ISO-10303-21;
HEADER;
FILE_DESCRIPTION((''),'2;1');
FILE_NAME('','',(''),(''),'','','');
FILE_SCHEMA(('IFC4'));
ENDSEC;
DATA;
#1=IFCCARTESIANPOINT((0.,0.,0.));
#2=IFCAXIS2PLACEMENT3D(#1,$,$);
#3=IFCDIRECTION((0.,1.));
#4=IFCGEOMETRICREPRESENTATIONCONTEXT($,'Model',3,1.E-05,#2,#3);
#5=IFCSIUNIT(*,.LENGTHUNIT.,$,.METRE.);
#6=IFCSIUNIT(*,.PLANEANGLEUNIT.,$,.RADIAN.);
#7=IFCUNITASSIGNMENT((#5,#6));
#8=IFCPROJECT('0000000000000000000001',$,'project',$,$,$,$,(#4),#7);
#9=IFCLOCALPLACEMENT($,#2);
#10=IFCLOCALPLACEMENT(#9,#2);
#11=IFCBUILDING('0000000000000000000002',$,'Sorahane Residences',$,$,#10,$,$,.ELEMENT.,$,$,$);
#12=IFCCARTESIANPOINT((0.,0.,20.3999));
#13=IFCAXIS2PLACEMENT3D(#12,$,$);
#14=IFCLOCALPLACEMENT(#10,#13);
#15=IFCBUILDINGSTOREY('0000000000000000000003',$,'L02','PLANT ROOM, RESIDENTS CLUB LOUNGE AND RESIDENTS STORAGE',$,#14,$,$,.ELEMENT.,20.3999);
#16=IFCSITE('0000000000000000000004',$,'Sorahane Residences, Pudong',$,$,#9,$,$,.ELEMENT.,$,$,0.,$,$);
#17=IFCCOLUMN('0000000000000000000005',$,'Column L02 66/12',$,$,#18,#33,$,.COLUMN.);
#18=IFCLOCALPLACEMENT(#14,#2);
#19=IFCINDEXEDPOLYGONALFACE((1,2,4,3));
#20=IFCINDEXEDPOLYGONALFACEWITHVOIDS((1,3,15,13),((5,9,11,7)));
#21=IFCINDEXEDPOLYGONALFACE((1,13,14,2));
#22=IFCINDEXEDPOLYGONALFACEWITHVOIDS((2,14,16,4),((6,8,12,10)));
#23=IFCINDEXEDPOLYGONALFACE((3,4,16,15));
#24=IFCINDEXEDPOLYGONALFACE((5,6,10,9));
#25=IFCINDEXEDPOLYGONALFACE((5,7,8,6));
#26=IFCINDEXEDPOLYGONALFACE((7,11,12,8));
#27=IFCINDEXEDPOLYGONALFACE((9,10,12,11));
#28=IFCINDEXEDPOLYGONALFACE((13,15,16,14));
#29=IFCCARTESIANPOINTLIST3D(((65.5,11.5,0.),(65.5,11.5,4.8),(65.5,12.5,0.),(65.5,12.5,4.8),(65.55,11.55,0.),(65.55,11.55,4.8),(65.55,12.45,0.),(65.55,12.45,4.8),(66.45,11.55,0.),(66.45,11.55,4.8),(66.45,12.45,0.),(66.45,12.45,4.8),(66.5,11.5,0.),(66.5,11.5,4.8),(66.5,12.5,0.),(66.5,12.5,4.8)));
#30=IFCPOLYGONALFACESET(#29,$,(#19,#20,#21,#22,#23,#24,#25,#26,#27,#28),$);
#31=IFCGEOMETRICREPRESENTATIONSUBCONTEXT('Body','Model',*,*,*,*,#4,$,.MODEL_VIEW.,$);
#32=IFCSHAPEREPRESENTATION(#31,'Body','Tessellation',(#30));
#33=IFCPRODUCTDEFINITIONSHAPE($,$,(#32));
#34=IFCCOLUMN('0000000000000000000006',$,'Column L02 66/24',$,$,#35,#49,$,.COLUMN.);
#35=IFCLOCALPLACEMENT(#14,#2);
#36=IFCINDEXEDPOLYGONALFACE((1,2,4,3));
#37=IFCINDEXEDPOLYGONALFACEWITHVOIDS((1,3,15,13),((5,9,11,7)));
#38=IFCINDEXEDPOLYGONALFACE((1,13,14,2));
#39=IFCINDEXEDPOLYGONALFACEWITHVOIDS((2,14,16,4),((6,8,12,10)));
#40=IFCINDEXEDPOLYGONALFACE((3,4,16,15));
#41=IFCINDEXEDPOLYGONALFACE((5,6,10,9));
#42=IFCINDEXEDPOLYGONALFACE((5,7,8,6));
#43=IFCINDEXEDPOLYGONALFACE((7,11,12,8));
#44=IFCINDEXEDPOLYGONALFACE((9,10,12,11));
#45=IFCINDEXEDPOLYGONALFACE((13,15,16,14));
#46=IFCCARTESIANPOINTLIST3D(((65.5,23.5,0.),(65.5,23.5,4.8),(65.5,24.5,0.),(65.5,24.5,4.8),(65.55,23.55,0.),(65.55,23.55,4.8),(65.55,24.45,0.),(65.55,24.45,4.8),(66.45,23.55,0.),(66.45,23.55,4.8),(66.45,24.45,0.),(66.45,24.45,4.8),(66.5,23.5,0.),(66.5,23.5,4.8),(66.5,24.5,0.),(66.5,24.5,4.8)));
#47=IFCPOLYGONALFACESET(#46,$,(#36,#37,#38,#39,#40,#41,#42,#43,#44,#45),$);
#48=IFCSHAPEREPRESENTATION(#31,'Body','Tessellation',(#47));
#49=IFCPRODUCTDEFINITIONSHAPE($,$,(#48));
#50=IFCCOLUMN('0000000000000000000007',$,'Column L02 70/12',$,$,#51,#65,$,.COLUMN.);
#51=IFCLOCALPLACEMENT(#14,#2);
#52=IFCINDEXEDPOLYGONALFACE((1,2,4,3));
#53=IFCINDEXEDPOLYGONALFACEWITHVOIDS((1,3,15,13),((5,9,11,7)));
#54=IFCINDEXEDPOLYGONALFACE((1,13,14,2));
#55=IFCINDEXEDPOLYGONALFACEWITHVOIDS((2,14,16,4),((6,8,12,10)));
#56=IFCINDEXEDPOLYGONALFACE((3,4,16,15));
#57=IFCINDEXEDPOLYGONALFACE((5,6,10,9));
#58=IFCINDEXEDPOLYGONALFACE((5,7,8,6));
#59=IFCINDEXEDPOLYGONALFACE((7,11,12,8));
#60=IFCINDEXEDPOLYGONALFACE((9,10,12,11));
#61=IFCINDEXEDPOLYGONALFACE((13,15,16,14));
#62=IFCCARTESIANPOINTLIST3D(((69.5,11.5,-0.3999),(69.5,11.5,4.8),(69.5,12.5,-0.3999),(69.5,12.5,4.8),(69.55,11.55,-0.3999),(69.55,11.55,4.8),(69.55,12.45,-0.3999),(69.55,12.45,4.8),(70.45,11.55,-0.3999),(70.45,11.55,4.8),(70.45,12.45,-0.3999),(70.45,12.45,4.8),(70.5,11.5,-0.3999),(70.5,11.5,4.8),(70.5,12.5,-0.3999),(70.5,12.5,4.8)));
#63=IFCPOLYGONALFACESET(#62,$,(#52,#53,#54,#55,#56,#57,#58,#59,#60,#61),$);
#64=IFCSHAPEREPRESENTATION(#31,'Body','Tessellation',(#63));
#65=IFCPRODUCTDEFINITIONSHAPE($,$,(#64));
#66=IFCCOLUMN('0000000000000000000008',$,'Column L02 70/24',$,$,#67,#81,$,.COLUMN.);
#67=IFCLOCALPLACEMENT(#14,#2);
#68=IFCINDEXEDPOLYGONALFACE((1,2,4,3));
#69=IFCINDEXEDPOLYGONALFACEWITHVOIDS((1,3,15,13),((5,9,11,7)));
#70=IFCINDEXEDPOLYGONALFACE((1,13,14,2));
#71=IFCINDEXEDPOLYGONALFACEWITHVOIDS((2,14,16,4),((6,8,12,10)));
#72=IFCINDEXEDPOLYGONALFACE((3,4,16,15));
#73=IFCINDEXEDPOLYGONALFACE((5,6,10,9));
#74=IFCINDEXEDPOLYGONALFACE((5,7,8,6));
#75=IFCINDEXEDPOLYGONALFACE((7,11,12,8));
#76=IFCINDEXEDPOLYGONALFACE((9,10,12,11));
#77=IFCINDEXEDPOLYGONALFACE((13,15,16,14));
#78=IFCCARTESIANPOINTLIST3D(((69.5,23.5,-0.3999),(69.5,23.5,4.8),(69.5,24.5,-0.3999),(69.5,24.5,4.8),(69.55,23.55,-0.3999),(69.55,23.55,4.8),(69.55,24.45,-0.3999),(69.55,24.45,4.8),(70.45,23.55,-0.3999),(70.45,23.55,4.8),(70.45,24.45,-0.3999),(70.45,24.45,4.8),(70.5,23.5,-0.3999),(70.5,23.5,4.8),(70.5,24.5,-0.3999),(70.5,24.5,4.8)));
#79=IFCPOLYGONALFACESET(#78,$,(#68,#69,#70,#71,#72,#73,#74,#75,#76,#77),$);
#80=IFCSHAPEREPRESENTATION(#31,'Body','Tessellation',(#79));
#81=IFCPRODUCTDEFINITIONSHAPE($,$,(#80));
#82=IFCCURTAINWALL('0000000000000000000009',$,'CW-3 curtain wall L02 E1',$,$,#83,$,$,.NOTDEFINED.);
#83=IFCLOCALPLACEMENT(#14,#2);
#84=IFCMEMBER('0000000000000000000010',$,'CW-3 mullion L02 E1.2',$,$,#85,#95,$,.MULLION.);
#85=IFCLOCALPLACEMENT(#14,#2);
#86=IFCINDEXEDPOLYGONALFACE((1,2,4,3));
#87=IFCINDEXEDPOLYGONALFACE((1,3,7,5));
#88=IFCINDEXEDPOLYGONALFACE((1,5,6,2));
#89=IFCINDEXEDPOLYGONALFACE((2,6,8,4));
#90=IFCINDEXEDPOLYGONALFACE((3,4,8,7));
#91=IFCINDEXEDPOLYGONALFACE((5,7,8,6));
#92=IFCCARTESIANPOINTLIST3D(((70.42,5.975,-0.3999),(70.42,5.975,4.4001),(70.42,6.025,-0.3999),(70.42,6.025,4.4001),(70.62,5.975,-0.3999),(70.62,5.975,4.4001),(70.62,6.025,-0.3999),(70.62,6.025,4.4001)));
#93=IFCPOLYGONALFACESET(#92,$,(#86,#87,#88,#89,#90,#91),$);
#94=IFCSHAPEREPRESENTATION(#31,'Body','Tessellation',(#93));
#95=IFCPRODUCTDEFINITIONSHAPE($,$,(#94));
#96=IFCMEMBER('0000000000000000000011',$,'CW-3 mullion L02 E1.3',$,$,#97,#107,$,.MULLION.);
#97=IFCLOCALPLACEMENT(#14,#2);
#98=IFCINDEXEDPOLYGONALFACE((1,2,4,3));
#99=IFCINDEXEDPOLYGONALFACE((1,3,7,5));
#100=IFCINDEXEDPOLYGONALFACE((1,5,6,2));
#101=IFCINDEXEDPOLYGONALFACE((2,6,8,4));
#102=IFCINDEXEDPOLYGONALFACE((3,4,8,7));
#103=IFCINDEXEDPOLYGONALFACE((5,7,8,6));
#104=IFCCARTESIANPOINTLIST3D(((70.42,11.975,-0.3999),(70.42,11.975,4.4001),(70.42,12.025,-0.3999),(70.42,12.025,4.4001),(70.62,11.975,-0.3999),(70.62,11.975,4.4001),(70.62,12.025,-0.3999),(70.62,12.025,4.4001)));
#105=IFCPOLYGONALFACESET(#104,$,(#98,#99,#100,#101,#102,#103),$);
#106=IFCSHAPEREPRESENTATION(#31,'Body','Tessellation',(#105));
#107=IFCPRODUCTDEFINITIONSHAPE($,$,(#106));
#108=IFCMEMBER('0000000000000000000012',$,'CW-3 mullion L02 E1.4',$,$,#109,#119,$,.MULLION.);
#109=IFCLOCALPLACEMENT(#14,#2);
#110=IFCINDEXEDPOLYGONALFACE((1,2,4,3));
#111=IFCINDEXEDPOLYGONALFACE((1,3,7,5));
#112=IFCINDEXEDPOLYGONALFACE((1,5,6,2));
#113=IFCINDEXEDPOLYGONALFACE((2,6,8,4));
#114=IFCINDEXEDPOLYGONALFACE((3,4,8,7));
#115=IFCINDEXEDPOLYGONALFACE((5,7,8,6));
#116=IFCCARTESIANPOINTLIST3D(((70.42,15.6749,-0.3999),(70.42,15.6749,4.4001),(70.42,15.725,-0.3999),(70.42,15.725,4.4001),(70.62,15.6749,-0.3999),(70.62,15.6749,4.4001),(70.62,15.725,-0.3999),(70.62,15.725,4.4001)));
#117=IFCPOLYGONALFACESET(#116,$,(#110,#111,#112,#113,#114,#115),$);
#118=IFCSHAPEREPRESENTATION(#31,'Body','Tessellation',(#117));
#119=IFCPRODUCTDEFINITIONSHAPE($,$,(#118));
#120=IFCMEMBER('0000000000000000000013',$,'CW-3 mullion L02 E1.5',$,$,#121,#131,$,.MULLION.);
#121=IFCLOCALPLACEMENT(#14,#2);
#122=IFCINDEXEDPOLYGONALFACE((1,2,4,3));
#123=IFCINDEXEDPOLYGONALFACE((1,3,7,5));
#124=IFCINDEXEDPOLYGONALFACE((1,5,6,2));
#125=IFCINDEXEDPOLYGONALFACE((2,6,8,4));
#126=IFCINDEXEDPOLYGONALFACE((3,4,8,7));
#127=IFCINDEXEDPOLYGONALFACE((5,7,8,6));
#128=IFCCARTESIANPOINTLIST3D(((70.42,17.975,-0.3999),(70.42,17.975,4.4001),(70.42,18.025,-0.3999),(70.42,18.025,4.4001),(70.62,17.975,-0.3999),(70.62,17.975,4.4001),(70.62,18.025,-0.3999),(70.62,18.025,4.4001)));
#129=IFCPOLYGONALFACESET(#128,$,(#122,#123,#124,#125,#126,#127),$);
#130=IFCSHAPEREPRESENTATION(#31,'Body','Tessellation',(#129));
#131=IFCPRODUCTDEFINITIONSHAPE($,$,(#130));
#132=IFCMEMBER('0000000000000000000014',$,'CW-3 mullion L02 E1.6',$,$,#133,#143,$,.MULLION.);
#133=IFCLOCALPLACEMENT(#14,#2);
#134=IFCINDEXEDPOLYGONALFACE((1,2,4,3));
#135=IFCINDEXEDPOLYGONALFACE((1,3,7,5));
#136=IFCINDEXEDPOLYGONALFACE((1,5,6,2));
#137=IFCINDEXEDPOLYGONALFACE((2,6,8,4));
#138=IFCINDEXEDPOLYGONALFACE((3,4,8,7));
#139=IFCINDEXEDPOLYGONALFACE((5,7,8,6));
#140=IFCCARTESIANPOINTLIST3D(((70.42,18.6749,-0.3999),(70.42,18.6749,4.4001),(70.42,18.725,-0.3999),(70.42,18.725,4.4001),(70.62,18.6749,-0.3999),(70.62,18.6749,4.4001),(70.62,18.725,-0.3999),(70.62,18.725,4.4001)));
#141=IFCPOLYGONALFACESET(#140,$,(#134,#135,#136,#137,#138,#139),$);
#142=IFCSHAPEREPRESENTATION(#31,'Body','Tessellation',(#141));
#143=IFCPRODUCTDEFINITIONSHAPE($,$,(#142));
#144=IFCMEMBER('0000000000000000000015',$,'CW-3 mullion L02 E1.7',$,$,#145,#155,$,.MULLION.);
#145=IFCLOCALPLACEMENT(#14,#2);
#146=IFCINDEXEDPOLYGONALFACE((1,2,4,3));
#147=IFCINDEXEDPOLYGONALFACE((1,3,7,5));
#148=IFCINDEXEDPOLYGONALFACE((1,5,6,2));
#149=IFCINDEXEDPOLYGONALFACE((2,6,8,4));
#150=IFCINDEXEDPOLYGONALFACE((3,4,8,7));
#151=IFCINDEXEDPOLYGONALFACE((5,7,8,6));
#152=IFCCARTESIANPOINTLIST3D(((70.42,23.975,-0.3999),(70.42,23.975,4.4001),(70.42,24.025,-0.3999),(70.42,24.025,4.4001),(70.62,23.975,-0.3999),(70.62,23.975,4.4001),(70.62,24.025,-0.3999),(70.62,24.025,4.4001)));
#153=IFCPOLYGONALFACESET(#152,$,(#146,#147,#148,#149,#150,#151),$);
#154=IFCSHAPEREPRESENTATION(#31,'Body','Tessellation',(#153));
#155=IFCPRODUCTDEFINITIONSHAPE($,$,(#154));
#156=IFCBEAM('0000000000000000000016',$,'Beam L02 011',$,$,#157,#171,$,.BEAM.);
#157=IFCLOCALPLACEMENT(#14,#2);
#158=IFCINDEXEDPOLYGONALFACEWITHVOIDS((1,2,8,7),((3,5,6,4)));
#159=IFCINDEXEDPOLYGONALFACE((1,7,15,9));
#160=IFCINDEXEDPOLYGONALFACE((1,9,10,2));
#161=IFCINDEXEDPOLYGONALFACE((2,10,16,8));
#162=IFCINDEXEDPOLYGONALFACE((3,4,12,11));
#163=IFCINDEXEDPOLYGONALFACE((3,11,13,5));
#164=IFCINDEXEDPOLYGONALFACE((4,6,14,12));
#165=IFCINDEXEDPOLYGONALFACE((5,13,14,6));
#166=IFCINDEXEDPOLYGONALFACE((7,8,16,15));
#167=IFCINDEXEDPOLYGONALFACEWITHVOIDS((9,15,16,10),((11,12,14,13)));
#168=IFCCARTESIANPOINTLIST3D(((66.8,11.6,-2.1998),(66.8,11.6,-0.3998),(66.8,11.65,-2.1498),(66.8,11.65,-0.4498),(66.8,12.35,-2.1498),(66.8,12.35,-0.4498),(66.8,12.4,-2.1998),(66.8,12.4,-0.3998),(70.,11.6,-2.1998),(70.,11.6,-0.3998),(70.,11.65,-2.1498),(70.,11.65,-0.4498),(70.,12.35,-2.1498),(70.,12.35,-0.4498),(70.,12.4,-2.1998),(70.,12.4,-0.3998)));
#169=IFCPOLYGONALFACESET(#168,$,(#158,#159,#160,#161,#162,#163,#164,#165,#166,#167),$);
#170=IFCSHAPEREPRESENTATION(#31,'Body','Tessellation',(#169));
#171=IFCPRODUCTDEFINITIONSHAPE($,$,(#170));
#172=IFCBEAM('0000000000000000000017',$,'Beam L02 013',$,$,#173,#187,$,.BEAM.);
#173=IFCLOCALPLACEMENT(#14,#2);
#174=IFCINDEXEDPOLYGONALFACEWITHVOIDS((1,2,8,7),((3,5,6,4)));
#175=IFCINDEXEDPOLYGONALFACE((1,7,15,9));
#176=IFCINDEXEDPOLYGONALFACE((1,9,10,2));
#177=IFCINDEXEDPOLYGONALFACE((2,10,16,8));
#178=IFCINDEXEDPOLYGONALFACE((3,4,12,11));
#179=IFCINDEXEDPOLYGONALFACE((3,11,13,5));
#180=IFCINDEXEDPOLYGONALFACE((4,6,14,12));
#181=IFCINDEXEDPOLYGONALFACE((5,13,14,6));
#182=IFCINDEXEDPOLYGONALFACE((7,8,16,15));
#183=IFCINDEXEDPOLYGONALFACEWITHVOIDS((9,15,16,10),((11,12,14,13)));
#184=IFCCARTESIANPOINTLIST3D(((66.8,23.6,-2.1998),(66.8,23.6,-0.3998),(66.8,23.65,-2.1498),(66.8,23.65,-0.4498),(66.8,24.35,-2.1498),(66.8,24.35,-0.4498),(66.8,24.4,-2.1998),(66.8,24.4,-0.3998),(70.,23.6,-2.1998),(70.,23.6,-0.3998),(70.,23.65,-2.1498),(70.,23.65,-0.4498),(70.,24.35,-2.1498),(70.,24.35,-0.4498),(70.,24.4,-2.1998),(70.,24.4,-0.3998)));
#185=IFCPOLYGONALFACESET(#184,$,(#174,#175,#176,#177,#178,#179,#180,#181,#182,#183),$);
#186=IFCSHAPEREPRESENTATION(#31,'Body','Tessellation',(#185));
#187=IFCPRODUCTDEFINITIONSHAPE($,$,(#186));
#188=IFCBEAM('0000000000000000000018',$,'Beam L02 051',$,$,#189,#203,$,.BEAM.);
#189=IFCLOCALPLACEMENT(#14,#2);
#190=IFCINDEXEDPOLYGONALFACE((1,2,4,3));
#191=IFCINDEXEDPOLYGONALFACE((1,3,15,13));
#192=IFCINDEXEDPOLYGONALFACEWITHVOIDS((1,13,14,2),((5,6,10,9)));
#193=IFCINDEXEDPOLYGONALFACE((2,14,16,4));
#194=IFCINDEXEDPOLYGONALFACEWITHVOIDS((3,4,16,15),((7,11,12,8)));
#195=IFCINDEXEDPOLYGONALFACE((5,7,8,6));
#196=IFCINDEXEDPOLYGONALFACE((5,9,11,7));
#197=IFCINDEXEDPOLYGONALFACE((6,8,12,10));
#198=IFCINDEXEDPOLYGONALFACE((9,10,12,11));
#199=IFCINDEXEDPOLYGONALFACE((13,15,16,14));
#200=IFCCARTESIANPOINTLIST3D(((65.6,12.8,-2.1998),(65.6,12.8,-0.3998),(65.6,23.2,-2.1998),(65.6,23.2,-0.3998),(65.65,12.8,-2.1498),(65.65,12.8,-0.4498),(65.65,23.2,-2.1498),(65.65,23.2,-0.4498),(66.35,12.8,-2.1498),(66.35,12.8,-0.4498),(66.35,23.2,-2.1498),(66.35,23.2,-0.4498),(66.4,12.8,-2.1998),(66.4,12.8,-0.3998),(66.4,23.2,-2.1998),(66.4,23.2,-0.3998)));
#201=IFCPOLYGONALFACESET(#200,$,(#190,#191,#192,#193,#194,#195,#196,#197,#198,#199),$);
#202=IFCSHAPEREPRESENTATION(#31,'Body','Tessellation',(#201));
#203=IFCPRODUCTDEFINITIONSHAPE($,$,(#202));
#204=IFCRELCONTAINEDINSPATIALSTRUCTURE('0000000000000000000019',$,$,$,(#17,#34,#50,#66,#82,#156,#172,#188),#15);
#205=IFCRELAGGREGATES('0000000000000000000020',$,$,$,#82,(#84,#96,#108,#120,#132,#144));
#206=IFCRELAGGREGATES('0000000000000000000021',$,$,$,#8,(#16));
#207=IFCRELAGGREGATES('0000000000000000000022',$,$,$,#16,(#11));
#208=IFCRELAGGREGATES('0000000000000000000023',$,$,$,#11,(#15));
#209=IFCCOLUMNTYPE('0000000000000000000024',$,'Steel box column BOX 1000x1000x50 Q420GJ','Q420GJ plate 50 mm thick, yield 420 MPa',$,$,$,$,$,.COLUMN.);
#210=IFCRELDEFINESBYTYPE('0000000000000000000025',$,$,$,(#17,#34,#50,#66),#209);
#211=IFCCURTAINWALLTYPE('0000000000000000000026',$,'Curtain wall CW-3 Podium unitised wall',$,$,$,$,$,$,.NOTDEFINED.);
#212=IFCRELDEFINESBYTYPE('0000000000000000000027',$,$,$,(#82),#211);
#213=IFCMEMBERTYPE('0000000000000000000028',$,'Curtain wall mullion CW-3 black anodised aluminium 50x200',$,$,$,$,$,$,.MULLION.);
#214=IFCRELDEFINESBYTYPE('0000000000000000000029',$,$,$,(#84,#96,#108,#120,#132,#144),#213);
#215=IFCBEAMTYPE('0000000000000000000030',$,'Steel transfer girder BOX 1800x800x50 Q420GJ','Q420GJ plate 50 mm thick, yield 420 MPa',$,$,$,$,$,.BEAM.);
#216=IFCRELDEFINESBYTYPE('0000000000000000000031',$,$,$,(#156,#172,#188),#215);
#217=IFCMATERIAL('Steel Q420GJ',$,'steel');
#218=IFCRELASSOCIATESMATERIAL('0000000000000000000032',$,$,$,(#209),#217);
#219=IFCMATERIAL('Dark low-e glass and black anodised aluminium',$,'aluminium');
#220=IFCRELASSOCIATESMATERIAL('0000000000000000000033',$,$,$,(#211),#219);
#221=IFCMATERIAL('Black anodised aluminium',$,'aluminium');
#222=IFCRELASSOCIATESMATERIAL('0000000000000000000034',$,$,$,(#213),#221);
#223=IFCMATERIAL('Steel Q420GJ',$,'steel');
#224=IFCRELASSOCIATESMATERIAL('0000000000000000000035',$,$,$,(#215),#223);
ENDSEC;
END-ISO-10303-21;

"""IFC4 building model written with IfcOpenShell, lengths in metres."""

from ifc_helpers import new_model, si_unit, direction, frame, origin, origin_2d, place, context, subcontext, project, spatial, rectangle, hollow_rectangle, extrude, material, material_profile, profile_set, type_object, element, aggregate, save


model = new_model("IFC4")

# Units and contexts
model_context = context("Model", 3, precision=1e-05, world=origin(), true_north=direction((0.0, 1.0)))
body_context = subcontext(model_context, "Body", "Model", "MODEL_VIEW")
ifc_project = project(units=[si_unit("LENGTHUNIT", "METRE"), si_unit("PLANEANGLEUNIT", "RADIAN")], contexts=[model_context])

# Site, building, storey
site_placement = place(None, origin())
site = spatial("IfcSite", under=ifc_project, at=site_placement, Name="Sorahane Residences, Pudong", CompositionType="ELEMENT", RefElevation=0.0)
building_placement = place(site_placement, origin())
building = spatial("IfcBuilding", under=site, at=building_placement, Name="Sorahane Residences", CompositionType="ELEMENT")
storey_placement = place(building_placement, frame((0.0, 0.0, 20.3999)))
storey = spatial("IfcBuildingStorey", under=building, at=storey_placement, Name="L02", Description="PLANT ROOM, RESIDENTS CLUB LOUNGE AND RESIDENTS STORAGE", CompositionType="ELEMENT", Elevation=20.3999)

# Columns
ifc_material_1 = material(Name="Steel Q420GJ", Category="steel")
ifc_material_profile_1 = material_profile(ifc_material_1, hollow_rectangle(XDim=1.0, YDim=1.0, WallThickness=0.05, at=origin_2d()), Name="BOX 1000x1000x50")
ifc_profile_set_1 = profile_set([ifc_material_profile_1], Name="Steel Q420GJ")
column_type = type_object("IfcColumnType", Name="Steel box column BOX 1000x1000x50 Q420GJ", Description="Q420GJ plate 50 mm thick, yield 420 MPa", PredefinedType="COLUMN", material=ifc_profile_set_1)
for number, where, z_axis, x_axis, name in (
    (1, (66.0, 12.0, 0.0), (0.0, 0.0, 1.0), (1.0, 0.0, 0.0), "Column L02 66/12"),
    (2, (66.0, 24.0, 0.0), (0.0, 0.0, 1.0), (1.0, 0.0, 0.0), "Column L02 66/24"),
):
    element("IfcColumn", number, at=place(storey_placement, frame(where, z_axis=z_axis, x_axis=x_axis)), inside=storey, type_object=column_type, Name=name, PredefinedType="COLUMN", context=body_context, shape_type="SweptSolid", body=[
        extrude(hollow_rectangle(XDim=1.0, YDim=1.0, WallThickness=0.05, at=origin_2d()), origin(), (0.0, 0.0, 1.0), 4.8),
    ])
for number, where, z_axis, x_axis, name in (
    (3, (70.0, 12.0, -0.3999), (0.0, 0.0, 1.0), (1.0, 0.0, 0.0), "Column L02 70/12"),
    (4, (70.0, 24.0, -0.3999), (0.0, 0.0, 1.0), (1.0, 0.0, 0.0), "Column L02 70/24"),
):
    element("IfcColumn", number, at=place(storey_placement, frame(where, z_axis=z_axis, x_axis=x_axis)), inside=storey, type_object=column_type, Name=name, PredefinedType="COLUMN", context=body_context, shape_type="SweptSolid", body=[
        extrude(hollow_rectangle(XDim=1.0, YDim=1.0, WallThickness=0.05, at=origin_2d()), origin(), (0.0, 0.0, 1.0), 5.2),
    ])

# Curtain wall, members
ifc_material_2 = material(Name="Dark low-e glass and black anodised aluminium", Category="aluminium")
curtain_wall_type = type_object("IfcCurtainWallType", Name="Curtain wall CW-3 Podium unitised wall", PredefinedType="NOTDEFINED", material=ifc_material_2)
curtain_wall_placement = place(storey_placement, origin())
curtain_wall = element("IfcCurtainWall", 5, at=curtain_wall_placement, inside=storey, type_object=curtain_wall_type, Name="CW-3 curtain wall L02 E1", PredefinedType="NOTDEFINED")
ifc_material_3 = material(Name="Black anodised aluminium", Category="aluminium")
ifc_material_profile_2 = material_profile(ifc_material_3, rectangle(XDim=0.2, YDim=0.05, at=origin_2d()), Name="Curtain wall mullion CW-3 black anodised aluminium 50x200")
ifc_profile_set_2 = profile_set([ifc_material_profile_2], Name="Black anodised aluminium")
member_type = type_object("IfcMemberType", Name="Curtain wall mullion CW-3 black anodised aluminium 50x200", PredefinedType="MULLION", material=ifc_profile_set_2)
member_1_placement = place(storey_placement, frame((70.52, 6.0, -0.3999), z_axis=(0.0, 0.0, 1.0), x_axis=(1.0, 0.0, 0.0)))
member_1 = element("IfcMember", 6, at=member_1_placement, type_object=member_type, Name="CW-3 mullion L02 E1.2", PredefinedType="MULLION", context=body_context, shape_type="SweptSolid", body=[
    extrude(rectangle(XDim=0.2, YDim=0.05, at=origin_2d()), origin(), (0.0, 0.0, 1.0), 4.8),
])
member_2_placement = place(storey_placement, frame((70.52, 12.0, -0.3999), z_axis=(0.0, 0.0, 1.0), x_axis=(1.0, 0.0, 0.0)))
member_2 = element("IfcMember", 7, at=member_2_placement, type_object=member_type, Name="CW-3 mullion L02 E1.3", PredefinedType="MULLION", context=body_context, shape_type="SweptSolid", body=[
    extrude(rectangle(XDim=0.2, YDim=0.05, at=origin_2d()), origin(), (0.0, 0.0, 1.0), 4.8),
])
member_3_placement = place(storey_placement, frame((70.52, 15.7, -0.3999), z_axis=(0.0, 0.0, 1.0), x_axis=(1.0, 0.0, 0.0)))
member_3 = element("IfcMember", 8, at=member_3_placement, type_object=member_type, Name="CW-3 mullion L02 E1.4", PredefinedType="MULLION", context=body_context, shape_type="SweptSolid", body=[
    extrude(rectangle(XDim=0.2, YDim=0.05, at=origin_2d()), origin(), (0.0, 0.0, 1.0), 4.8),
])
member_4_placement = place(storey_placement, frame((70.52, 18.0, -0.3999), z_axis=(0.0, 0.0, 1.0), x_axis=(1.0, 0.0, 0.0)))
member_4 = element("IfcMember", 9, at=member_4_placement, type_object=member_type, Name="CW-3 mullion L02 E1.5", PredefinedType="MULLION", context=body_context, shape_type="SweptSolid", body=[
    extrude(rectangle(XDim=0.2, YDim=0.05, at=origin_2d()), origin(), (0.0, 0.0, 1.0), 4.8),
])
member_5_placement = place(storey_placement, frame((70.52, 18.7, -0.3999), z_axis=(0.0, 0.0, 1.0), x_axis=(1.0, 0.0, 0.0)))
member_5 = element("IfcMember", 10, at=member_5_placement, type_object=member_type, Name="CW-3 mullion L02 E1.6", PredefinedType="MULLION", context=body_context, shape_type="SweptSolid", body=[
    extrude(rectangle(XDim=0.2, YDim=0.05, at=origin_2d()), origin(), (0.0, 0.0, 1.0), 4.8),
])
member_6_placement = place(storey_placement, frame((70.52, 24.0, -0.3999), z_axis=(0.0, 0.0, 1.0), x_axis=(1.0, 0.0, 0.0)))
member_6 = element("IfcMember", 11, at=member_6_placement, type_object=member_type, Name="CW-3 mullion L02 E1.7", PredefinedType="MULLION", context=body_context, shape_type="SweptSolid", body=[
    extrude(rectangle(XDim=0.2, YDim=0.05, at=origin_2d()), origin(), (0.0, 0.0, 1.0), 4.8),
])

# Beams
ifc_material_4 = material(Name="Steel Q420GJ", Category="steel")
ifc_material_profile_3 = material_profile(ifc_material_4, hollow_rectangle(XDim=0.8, YDim=1.8, WallThickness=0.05, at=origin_2d()), Name="BOX 1800x800x50")
ifc_profile_set_3 = profile_set([ifc_material_profile_3], Name="Steel Q420GJ")
beam_type = type_object("IfcBeamType", Name="Steel transfer girder BOX 1800x800x50 Q420GJ", Description="Q420GJ plate 50 mm thick, yield 420 MPa", PredefinedType="BEAM", material=ifc_profile_set_3)
for number, where, z_axis, x_axis, name in (
    (12, (66.8, 12.0, -1.2998), (1.0, 0.0, 0.0), (0.0, 1.0, 0.0), "Beam L02 011"),
    (13, (66.8, 24.0, -1.2998), (1.0, 0.0, 0.0), (0.0, 1.0, 0.0), "Beam L02 013"),
):
    element("IfcBeam", number, at=place(storey_placement, frame(where, z_axis=z_axis, x_axis=x_axis)), inside=storey, type_object=beam_type, Name=name, PredefinedType="BEAM", context=body_context, shape_type="SweptSolid", body=[
        extrude(hollow_rectangle(XDim=0.8, YDim=1.8, WallThickness=0.05, at=origin_2d()), origin(), (0.0, 0.0, 1.0), 3.2),
    ])
beam_placement = place(storey_placement, frame((66.0, 12.8, -1.2998), z_axis=(0.0, 1.0, 0.0), x_axis=(-1.0, 0.0, 0.0)))
element("IfcBeam", 14, at=beam_placement, inside=storey, type_object=beam_type, Name="Beam L02 051", PredefinedType="BEAM", context=body_context, shape_type="SweptSolid", body=[
    extrude(hollow_rectangle(XDim=0.8, YDim=1.8, WallThickness=0.05, at=origin_2d()), origin(), (0.0, 0.0, 1.0), 10.3999),
])

aggregate(curtain_wall, [member_1, member_2, member_3, member_4, member_5, member_6])

save(model, "model.ifc")
